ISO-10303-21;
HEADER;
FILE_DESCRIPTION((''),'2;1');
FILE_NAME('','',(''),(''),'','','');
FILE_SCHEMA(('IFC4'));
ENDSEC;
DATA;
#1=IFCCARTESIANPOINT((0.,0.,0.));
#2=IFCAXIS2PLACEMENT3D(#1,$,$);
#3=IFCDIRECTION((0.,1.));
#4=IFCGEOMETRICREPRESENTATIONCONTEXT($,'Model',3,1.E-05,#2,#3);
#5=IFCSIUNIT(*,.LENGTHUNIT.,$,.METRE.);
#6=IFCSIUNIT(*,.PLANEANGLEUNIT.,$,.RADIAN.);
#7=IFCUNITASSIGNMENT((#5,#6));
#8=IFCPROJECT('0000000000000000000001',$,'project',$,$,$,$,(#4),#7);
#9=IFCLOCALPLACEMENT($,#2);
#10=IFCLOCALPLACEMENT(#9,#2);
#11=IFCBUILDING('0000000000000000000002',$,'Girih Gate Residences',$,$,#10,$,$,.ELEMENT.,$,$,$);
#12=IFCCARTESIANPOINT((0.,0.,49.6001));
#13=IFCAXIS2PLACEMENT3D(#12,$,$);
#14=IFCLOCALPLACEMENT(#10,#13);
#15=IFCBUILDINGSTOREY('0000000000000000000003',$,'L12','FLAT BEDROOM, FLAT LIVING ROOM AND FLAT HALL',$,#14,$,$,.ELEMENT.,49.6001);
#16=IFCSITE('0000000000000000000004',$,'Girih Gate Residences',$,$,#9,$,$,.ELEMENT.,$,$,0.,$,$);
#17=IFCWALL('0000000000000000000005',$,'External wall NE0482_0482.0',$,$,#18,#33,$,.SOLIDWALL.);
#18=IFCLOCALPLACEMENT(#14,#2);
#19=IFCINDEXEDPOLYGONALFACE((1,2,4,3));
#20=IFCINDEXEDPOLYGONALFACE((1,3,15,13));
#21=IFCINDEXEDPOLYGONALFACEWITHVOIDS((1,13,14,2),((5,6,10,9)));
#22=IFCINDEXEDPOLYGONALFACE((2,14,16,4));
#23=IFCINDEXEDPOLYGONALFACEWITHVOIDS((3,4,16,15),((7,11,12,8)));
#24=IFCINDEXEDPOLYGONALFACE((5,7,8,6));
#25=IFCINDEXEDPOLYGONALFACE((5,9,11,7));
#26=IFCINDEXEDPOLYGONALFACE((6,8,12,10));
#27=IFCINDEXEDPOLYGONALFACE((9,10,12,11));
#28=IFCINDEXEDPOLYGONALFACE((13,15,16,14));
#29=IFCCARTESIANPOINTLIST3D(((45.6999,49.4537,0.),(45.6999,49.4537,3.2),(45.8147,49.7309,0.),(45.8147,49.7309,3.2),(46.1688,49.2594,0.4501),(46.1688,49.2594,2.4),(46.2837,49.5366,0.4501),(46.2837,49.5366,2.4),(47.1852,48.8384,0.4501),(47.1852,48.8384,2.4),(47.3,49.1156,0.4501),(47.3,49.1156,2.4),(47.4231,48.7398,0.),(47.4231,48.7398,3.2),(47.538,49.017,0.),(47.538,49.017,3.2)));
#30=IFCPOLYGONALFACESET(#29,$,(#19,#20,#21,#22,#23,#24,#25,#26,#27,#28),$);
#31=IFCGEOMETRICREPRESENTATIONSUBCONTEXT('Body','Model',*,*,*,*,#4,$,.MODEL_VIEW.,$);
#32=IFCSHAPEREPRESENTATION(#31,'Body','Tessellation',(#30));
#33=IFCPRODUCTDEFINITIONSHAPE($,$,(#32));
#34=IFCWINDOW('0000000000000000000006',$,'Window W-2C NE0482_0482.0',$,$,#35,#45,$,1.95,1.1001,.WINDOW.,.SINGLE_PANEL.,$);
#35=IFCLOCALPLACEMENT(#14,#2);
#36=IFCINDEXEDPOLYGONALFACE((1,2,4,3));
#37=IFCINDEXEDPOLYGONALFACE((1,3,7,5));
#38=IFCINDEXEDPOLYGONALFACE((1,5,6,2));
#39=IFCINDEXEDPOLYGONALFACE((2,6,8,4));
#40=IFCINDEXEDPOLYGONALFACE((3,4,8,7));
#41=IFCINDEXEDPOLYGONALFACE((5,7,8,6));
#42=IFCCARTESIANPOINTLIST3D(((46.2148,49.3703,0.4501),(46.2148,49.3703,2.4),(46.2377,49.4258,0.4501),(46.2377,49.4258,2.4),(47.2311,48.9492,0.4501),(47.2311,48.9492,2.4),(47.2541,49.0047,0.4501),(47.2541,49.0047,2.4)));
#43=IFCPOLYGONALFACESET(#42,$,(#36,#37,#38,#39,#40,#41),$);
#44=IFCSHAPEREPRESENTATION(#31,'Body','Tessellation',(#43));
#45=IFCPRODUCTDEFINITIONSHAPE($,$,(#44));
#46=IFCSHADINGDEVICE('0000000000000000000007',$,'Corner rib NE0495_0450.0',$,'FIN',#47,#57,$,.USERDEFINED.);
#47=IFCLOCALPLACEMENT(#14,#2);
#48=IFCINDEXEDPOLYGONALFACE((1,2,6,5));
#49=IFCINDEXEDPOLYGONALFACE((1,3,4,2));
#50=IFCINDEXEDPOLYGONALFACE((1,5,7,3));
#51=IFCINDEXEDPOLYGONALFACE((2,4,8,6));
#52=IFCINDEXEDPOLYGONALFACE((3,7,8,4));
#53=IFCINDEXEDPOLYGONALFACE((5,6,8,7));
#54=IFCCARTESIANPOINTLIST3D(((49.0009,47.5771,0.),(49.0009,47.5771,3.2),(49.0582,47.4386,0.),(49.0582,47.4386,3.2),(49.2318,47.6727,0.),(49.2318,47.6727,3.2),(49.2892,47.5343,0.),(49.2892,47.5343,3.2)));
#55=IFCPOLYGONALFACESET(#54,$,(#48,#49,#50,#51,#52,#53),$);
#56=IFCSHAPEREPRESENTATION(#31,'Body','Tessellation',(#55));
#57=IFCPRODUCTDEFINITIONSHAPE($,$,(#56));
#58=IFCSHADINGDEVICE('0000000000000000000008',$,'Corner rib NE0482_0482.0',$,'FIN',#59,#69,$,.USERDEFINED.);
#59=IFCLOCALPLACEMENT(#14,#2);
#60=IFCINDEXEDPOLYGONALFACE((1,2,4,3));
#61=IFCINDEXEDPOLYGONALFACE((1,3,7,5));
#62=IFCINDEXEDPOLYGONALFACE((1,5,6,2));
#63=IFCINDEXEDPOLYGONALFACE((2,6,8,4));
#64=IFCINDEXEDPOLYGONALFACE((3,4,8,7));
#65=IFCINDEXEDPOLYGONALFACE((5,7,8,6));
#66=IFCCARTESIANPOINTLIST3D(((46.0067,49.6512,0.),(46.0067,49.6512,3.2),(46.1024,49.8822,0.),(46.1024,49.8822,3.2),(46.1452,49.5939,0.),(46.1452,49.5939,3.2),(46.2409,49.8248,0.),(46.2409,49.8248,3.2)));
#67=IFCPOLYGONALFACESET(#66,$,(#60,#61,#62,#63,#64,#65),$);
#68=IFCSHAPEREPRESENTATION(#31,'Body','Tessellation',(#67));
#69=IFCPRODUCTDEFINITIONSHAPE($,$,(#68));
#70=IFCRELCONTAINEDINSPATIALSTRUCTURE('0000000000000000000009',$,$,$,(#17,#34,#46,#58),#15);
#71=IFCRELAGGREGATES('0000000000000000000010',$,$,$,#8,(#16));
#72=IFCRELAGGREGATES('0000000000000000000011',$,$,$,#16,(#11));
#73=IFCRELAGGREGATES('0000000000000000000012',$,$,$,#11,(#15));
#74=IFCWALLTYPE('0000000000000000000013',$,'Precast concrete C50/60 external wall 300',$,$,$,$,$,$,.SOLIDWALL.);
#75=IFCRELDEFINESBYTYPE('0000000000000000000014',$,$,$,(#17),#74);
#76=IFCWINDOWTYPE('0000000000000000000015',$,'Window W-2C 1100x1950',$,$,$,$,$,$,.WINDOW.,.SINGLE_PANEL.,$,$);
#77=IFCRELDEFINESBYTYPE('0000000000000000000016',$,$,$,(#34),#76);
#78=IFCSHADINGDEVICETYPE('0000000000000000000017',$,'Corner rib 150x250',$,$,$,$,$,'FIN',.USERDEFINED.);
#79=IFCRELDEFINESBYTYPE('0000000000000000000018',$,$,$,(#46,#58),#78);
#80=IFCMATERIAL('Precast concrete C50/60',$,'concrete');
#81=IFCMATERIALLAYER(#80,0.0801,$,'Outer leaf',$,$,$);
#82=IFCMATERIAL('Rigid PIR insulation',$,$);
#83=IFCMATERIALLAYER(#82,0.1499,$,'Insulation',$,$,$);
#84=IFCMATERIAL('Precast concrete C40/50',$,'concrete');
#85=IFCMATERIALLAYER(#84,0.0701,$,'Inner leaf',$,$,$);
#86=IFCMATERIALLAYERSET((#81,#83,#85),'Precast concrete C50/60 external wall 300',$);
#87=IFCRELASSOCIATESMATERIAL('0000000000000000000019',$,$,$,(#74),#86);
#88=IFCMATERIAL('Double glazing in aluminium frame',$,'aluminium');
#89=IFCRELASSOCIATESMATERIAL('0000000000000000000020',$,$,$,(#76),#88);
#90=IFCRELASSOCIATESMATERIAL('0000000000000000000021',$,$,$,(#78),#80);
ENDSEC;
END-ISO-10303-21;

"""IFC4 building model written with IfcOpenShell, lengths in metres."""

from ifc_helpers import new_model, si_unit, direction, frame, frame_2d, origin, origin_2d, place, context, subcontext, project, spatial, rectangle, extrude, material, layer, layer_set, type_object, element, fill, save


model = new_model("IFC4")

# Units and contexts
model_context = context("Model", 3, precision=1e-05, world=origin(), true_north=direction((0.0, 1.0)))
body_context = subcontext(model_context, "Body", "Model", "MODEL_VIEW")
ifc_project = project(units=[si_unit("LENGTHUNIT", "METRE"), si_unit("PLANEANGLEUNIT", "RADIAN")], contexts=[model_context])

# Site, building, storey
site_placement = place(None, origin())
site = spatial("IfcSite", under=ifc_project, at=site_placement, Name="Girih Gate Residences", CompositionType="ELEMENT", RefElevation=0.0)
building_placement = place(site_placement, origin())
building = spatial("IfcBuilding", under=site, at=building_placement, Name="Girih Gate Residences", CompositionType="ELEMENT")
storey_placement = place(building_placement, frame((0.0, 0.0, 49.6001)))
storey = spatial("IfcBuildingStorey", under=building, at=storey_placement, Name="L12", Description="FLAT BEDROOM, FLAT LIVING ROOM AND FLAT HALL", CompositionType="ELEMENT", Elevation=49.6001)

# Wall, opening, window
ifc_material_1 = material(Name="Precast concrete C50/60", Category="concrete")
ifc_layer_1 = layer(ifc_material_1, 0.0801, Name="Outer leaf")
ifc_material_2 = material(Name="Rigid PIR insulation")
ifc_layer_2 = layer(ifc_material_2, 0.1499, Name="Insulation")
ifc_material_3 = material(Name="Precast concrete C40/50", Category="concrete")
ifc_layer_3 = layer(ifc_material_3, 0.0701, Name="Inner leaf")
ifc_layer_set_1 = layer_set([ifc_layer_1, ifc_layer_2, ifc_layer_3], Name="Precast concrete C50/60 external wall 300")
wall_type_1 = type_object("IfcWallType", Name="Precast concrete C50/60 external wall 300", PredefinedType="SOLIDWALL", material=ifc_layer_set_1)
ifc_material_4 = material(Name="Double glazing in aluminium frame", Category="aluminium")
window_type_1 = type_object("IfcWindowType", Name="Window W-2C 1100x1950", PartitioningType="SINGLE_PANEL", PredefinedType="WINDOW", material=ifc_material_4)
wall_1_placement = place(storey_placement, frame((45.7573, 49.5923, 0.0), z_axis=(0.0, 0.0, 1.0), x_axis=(0.923857, -0.382737, 0.0)))
wall_1 = element("IfcWall", 1, at=wall_1_placement, inside=storey, type_object=wall_type_1, Name="External wall NE0482_0482.0", PredefinedType="SOLIDWALL", context=body_context, shape_type="SweptSolid", body=[
    extrude(rectangle(XDim=1.8652, YDim=0.3, at=frame_2d((0.9326, 0.0))), origin(), (0.0, 0.0, 1.0), 3.2),
])
opening_1_placement = place(wall_1_placement, frame((0.5076, 0.0, 0.45)))
opening_1 = element("IfcOpeningElement", 2, at=opening_1_placement, cuts=wall_1, PredefinedType="OPENING", context=body_context, shape_type="SweptSolid", body=[
    extrude(rectangle(XDim=1.1001, YDim=1.95, at=frame_2d((0.55, 0.9751))), frame((0.0, 0.1599, 0.0), z_axis=(0.0, -1.0, 0.0), x_axis=(1.0, 0.0, 0.0)), (0.0, 0.0, 1.0), 0.3201),
])
window_1_placement = place(opening_1_placement, origin())
window_1 = element("IfcWindow", 3, at=window_1_placement, inside=storey, type_object=window_type_1, Name="Window W-2C NE0482_0482.0", OverallHeight=1.95, OverallWidth=1.1001, PartitioningType="SINGLE_PANEL", PredefinedType="WINDOW", context=body_context, shape_type="SweptSolid", body=[
    extrude(rectangle(XDim=1.1001, YDim=1.95, at=frame_2d((0.55, 0.9751))), frame((0.0, 0.03, 0.0), z_axis=(0.0, -1.0, 0.0), x_axis=(1.0, 0.0, 0.0)), (0.0, 0.0, 1.0), 0.0601),
])
fill(opening_1, window_1)

# Shading devices
shading_device_type = type_object("IfcShadingDeviceType", Name="Corner rib 150x250", ElementType="FIN", PredefinedType="USERDEFINED", material=ifc_material_1)
for number, where, z_axis, x_axis, name in (
    (4, (49.145, 47.5557, 0.0), (0.0, 0.0, 1.0), (-0.382683, 0.92388, 0.0), "Corner rib NE0495_0450.0"),
    (5, (46.1238, 49.738, 0.0), (0.0, 0.0, 1.0), (-0.92388, 0.382683, 0.0), "Corner rib NE0482_0482.0"),
):
    element("IfcShadingDevice", number, at=place(storey_placement, frame(where, z_axis=z_axis, x_axis=x_axis)), inside=storey, type_object=shading_device_type, Name=name, ObjectType="FIN", PredefinedType="USERDEFINED", context=body_context, shape_type="SweptSolid", body=[
        extrude(rectangle(XDim=0.1499, YDim=0.25, at=origin_2d()), origin(), (0.0, 0.0, 1.0), 3.2),
    ])

save(model, "model.ifc")
